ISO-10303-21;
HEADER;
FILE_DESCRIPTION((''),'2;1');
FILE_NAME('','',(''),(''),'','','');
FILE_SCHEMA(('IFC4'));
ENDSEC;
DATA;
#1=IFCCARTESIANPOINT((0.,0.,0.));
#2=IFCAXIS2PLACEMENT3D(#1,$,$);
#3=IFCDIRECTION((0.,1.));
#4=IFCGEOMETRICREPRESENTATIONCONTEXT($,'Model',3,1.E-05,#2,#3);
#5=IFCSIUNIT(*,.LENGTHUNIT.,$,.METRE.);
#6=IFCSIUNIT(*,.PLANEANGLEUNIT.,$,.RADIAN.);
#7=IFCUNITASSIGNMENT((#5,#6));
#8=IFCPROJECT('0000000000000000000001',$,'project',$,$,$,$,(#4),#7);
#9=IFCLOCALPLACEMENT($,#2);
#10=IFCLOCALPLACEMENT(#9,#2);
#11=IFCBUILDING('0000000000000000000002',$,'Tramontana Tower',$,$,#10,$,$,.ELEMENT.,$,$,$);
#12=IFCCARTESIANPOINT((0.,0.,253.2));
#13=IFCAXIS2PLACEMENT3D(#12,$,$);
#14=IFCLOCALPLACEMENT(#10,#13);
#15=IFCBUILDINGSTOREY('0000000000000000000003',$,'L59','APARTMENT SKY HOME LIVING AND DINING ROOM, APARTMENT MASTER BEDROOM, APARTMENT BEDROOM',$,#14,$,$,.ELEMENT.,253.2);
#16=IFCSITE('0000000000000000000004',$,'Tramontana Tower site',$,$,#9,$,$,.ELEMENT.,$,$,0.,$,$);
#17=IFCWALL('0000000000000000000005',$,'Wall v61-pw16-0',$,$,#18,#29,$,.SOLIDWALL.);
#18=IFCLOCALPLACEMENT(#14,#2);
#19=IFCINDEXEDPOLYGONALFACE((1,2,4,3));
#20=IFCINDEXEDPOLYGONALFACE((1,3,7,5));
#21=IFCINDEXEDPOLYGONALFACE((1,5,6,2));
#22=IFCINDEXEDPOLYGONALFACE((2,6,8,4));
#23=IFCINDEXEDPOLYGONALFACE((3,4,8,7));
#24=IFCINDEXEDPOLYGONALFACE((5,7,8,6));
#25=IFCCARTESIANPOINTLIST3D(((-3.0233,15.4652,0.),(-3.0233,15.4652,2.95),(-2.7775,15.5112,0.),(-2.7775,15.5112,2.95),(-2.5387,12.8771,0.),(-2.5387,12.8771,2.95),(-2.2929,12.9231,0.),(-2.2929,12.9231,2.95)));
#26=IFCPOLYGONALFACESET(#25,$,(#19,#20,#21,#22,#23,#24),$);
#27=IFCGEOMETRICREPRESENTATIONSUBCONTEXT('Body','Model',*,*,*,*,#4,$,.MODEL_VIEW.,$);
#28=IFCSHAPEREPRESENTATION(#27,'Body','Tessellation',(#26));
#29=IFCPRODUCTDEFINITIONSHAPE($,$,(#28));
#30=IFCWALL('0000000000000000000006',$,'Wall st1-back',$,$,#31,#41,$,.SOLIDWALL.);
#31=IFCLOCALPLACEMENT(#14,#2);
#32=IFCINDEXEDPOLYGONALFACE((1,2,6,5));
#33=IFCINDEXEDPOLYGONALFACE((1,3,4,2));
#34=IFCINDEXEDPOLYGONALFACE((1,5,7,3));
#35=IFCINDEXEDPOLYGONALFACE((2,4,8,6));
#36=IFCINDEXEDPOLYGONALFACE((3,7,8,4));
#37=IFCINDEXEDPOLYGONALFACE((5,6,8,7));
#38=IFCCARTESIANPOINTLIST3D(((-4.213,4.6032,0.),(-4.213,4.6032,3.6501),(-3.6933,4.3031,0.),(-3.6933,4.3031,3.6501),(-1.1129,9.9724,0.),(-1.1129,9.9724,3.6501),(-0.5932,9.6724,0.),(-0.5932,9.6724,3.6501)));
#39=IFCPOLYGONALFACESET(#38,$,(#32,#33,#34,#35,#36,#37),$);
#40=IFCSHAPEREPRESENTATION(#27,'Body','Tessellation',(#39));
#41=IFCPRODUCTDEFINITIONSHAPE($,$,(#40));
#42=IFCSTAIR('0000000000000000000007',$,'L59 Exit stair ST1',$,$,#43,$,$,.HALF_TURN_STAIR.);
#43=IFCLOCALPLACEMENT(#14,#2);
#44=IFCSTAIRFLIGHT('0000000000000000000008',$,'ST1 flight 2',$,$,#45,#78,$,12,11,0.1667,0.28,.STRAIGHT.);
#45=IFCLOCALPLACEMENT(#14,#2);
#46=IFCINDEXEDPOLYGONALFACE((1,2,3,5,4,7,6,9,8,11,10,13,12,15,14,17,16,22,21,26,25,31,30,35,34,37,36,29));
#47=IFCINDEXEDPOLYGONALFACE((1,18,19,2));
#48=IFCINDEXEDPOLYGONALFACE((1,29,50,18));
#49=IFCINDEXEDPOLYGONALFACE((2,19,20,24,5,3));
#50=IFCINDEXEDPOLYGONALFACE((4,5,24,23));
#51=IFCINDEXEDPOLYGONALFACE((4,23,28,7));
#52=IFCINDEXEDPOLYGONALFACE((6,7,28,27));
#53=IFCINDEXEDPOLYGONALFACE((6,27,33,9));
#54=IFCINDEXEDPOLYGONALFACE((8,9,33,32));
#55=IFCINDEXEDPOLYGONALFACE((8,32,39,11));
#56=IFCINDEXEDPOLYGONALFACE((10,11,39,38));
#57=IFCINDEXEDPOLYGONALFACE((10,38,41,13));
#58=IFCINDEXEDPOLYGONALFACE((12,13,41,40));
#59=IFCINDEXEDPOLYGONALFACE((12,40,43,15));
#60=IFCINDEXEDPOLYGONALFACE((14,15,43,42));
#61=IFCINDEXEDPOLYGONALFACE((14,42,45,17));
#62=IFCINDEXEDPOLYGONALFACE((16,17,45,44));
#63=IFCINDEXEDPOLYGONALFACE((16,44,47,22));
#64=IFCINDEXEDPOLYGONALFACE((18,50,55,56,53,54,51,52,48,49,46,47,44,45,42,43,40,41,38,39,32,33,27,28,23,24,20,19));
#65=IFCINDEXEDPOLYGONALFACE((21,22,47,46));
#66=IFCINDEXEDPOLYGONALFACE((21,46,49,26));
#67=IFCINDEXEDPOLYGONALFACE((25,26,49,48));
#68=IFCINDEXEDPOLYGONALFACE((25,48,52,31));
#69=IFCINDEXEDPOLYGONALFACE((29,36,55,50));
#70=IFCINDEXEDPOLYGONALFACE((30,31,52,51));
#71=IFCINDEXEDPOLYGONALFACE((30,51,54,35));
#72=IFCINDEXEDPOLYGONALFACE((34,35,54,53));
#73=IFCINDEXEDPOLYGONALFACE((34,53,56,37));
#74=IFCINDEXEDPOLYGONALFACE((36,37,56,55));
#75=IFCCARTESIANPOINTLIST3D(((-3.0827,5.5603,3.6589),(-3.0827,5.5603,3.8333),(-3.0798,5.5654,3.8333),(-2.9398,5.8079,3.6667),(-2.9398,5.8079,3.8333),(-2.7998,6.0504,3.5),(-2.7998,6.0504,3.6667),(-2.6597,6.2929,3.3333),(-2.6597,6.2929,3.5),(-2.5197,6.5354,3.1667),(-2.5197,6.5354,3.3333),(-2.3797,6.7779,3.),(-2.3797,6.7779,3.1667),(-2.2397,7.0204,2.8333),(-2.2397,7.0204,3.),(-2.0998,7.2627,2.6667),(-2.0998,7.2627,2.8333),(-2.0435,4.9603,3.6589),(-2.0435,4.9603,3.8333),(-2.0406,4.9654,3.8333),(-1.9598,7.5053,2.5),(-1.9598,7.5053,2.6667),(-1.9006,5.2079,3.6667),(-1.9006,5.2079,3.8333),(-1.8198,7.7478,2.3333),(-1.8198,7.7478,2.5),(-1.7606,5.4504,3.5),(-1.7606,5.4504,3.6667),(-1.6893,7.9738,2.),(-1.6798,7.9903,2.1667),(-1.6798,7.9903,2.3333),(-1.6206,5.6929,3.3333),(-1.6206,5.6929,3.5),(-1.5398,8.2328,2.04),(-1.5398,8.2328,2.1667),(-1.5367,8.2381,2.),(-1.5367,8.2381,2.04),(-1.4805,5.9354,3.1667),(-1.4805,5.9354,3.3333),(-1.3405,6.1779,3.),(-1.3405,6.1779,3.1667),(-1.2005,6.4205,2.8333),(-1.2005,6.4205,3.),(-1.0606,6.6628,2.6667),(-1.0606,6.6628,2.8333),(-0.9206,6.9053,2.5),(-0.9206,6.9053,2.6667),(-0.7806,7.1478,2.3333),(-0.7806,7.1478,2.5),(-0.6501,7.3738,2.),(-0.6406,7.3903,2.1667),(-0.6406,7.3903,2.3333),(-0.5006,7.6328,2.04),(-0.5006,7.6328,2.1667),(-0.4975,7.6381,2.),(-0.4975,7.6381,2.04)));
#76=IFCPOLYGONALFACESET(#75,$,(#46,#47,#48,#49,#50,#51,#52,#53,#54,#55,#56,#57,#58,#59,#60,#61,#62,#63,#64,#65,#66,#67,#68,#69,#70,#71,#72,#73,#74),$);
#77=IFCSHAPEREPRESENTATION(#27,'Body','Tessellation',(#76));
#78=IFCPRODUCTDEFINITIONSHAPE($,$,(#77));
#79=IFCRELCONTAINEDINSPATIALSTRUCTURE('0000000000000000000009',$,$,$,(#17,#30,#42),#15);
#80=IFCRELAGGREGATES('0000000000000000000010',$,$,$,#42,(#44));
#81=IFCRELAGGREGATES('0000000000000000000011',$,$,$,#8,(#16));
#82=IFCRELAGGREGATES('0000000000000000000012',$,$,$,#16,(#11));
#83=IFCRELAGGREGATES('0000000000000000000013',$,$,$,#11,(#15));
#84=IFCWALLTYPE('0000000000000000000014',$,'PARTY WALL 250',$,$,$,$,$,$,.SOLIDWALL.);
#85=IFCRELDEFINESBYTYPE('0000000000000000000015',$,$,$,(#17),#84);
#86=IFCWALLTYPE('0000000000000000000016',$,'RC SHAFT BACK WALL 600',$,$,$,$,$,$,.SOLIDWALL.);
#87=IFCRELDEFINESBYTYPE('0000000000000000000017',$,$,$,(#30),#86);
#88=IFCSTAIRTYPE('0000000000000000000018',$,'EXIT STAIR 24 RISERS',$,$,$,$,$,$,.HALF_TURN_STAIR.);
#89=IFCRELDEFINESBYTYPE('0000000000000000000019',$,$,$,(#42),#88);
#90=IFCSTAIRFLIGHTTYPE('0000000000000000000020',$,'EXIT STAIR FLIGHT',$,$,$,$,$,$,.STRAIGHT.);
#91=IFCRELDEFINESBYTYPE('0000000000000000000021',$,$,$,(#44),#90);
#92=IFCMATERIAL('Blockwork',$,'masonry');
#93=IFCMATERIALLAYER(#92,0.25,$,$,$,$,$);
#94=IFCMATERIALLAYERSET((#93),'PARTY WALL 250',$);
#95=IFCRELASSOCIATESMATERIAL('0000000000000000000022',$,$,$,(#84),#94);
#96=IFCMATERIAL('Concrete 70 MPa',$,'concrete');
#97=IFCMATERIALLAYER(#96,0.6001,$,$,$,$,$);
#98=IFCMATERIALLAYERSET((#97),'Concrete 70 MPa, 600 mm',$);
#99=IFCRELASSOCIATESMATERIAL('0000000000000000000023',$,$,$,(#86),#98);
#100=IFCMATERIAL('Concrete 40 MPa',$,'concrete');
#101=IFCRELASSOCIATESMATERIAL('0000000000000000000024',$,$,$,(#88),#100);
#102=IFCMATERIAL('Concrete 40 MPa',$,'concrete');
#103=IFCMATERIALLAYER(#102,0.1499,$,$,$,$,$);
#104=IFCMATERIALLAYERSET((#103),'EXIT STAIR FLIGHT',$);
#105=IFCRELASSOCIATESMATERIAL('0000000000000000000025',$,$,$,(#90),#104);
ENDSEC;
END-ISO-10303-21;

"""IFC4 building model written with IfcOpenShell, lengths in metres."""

from ifc_helpers import new_model, si_unit, direction, frame, frame_2d, origin, place, context, subcontext, project, spatial, polyline, rectangle, outline, extrude, material, layer, layer_set, type_object, element, aggregate, save


model = new_model("IFC4")

# Units and contexts
model_context = context("Model", 3, precision=1e-05, world=origin(), true_north=direction((0.0, 1.0)))
body_context = subcontext(model_context, "Body", "Model", "MODEL_VIEW")
ifc_project = project(units=[si_unit("LENGTHUNIT", "METRE"), si_unit("PLANEANGLEUNIT", "RADIAN")], contexts=[model_context])

# Site, building, storey
site_placement = place(None, origin())
site = spatial("IfcSite", under=ifc_project, at=site_placement, Name="Tramontana Tower site", CompositionType="ELEMENT", RefElevation=0.0)
building_placement = place(site_placement, origin())
building = spatial("IfcBuilding", under=site, at=building_placement, Name="Tramontana Tower", CompositionType="ELEMENT")
storey_placement = place(building_placement, frame((0.0, 0.0, 253.2)))
storey = spatial("IfcBuildingStorey", under=building, at=storey_placement, Name="L59", Description="APARTMENT SKY HOME LIVING AND DINING ROOM, APARTMENT MASTER BEDROOM, APARTMENT BEDROOM", CompositionType="ELEMENT", Elevation=253.2)

# Walls
ifc_material_1 = material(Name="Blockwork", Category="masonry")
ifc_layer_1 = layer(ifc_material_1, 0.25)
ifc_layer_set_1 = layer_set([ifc_layer_1], Name="PARTY WALL 250")
wall_type_1 = type_object("IfcWallType", Name="PARTY WALL 250", PredefinedType="SOLIDWALL", material=ifc_layer_set_1)
wall_1_placement = place(storey_placement, frame((-2.9004, 15.488, 0.0), z_axis=(0.0, 0.0, 1.0), x_axis=(0.184048, -0.982917, 0.0)))
element("IfcWall", 1, at=wall_1_placement, inside=storey, type_object=wall_type_1, Name="Wall v61-pw16-0", PredefinedType="SOLIDWALL", context=body_context, shape_type="SweptSolid", body=[
    extrude(rectangle(XDim=2.6331, YDim=0.25, at=frame_2d((1.3164, 0.0))), origin(), (0.0, 0.0, 1.0), 2.95),
])
ifc_material_2 = material(Name="Concrete 70 MPa", Category="concrete")
ifc_layer_2 = layer(ifc_material_2, 0.6001)
ifc_layer_set_2 = layer_set([ifc_layer_2], Name="Concrete 70 MPa, 600 mm")
wall_type_2 = type_object("IfcWallType", Name="RC SHAFT BACK WALL 600", PredefinedType="SOLIDWALL", material=ifc_layer_set_2)
wall_2_placement = place(storey_placement, frame((-0.853, 9.8225, 0.0), z_axis=(0.0, 0.0, 1.0), x_axis=(-0.50001, -0.86602, 0.0)))
element("IfcWall", 2, at=wall_2_placement, inside=storey, type_object=wall_type_2, Name="Wall st1-back", PredefinedType="SOLIDWALL", context=body_context, shape_type="SweptSolid", body=[
    extrude(rectangle(XDim=6.2, YDim=0.6001, at=frame_2d((3.1001, 0.0))), origin(), (0.0, 0.0, 1.0), 3.6501),
])

# Stair, stair flight
ifc_material_3 = material(Name="Concrete 40 MPa", Category="concrete")
stair_type = type_object("IfcStairType", Name="EXIT STAIR 24 RISERS", PredefinedType="HALF_TURN_STAIR", material=ifc_material_3)
stair_placement = place(storey_placement, origin())
stair = element("IfcStair", 3, at=stair_placement, inside=storey, type_object=stair_type, Name="L59 Exit stair ST1", PredefinedType="HALF_TURN_STAIR")
ifc_material_4 = material(Name="Concrete 40 MPa", Category="concrete")
ifc_layer_3 = layer(ifc_material_4, 0.1499)
ifc_layer_set_3 = layer_set([ifc_layer_3], Name="EXIT STAIR FLIGHT")
stair_flight_type = type_object("IfcStairFlightType", Name="EXIT STAIR FLIGHT", PredefinedType="STRAIGHT", material=ifc_layer_set_3)
stair_flight_placement = place(storey_placement, frame((-1.0203, 7.9329, 2.0), z_axis=(0.0, 0.0, 1.0), x_axis=(-0.5, -0.866025, 0.0)))
stair_flight = element("IfcStairFlight", 4, at=stair_flight_placement, type_object=stair_flight_type, Name="ST1 flight 2", NumberOfRisers=12, NumberOfTreads=11, PredefinedType="STRAIGHT", RiserHeight=0.1667, TreadLength=0.28, context=body_context, shape_type="SweptSolid", body=[
    extrude(outline(polyline([(-0.0061, 0.0), (-0.0061, 0.04), (0.0, 0.04), (0.0, 0.1667), (0.28, 0.1667), (0.28, 0.3333), (0.5601, 0.3333), (0.5601, 0.5), (0.8401, 0.5), (0.8401, 0.6667), (1.1201, 0.6667), (1.1201, 0.8333), (1.3999, 0.8333), (1.3999, 1.0), (1.6799, 1.0), (1.6799, 1.1667), (1.96, 1.1667), (1.96, 1.3333), (2.24, 1.3333), (2.24, 1.5), (2.52, 1.5), (2.52, 1.6667), (2.8, 1.6667), (2.8, 1.8333), (3.0801, 1.8333), (3.0859, 1.8333), (3.0859, 1.6589), (0.2991, 0.0), (-0.0061, 0.0)])), frame((0.0, 0.6001, 0.0), z_axis=(0.0, -1.0, 0.0), x_axis=(1.0, 0.0, 0.0)), (0.0, 0.0, 1.0), 1.2),
])
aggregate(stair, [stair_flight])

save(model, "model.ifc")
